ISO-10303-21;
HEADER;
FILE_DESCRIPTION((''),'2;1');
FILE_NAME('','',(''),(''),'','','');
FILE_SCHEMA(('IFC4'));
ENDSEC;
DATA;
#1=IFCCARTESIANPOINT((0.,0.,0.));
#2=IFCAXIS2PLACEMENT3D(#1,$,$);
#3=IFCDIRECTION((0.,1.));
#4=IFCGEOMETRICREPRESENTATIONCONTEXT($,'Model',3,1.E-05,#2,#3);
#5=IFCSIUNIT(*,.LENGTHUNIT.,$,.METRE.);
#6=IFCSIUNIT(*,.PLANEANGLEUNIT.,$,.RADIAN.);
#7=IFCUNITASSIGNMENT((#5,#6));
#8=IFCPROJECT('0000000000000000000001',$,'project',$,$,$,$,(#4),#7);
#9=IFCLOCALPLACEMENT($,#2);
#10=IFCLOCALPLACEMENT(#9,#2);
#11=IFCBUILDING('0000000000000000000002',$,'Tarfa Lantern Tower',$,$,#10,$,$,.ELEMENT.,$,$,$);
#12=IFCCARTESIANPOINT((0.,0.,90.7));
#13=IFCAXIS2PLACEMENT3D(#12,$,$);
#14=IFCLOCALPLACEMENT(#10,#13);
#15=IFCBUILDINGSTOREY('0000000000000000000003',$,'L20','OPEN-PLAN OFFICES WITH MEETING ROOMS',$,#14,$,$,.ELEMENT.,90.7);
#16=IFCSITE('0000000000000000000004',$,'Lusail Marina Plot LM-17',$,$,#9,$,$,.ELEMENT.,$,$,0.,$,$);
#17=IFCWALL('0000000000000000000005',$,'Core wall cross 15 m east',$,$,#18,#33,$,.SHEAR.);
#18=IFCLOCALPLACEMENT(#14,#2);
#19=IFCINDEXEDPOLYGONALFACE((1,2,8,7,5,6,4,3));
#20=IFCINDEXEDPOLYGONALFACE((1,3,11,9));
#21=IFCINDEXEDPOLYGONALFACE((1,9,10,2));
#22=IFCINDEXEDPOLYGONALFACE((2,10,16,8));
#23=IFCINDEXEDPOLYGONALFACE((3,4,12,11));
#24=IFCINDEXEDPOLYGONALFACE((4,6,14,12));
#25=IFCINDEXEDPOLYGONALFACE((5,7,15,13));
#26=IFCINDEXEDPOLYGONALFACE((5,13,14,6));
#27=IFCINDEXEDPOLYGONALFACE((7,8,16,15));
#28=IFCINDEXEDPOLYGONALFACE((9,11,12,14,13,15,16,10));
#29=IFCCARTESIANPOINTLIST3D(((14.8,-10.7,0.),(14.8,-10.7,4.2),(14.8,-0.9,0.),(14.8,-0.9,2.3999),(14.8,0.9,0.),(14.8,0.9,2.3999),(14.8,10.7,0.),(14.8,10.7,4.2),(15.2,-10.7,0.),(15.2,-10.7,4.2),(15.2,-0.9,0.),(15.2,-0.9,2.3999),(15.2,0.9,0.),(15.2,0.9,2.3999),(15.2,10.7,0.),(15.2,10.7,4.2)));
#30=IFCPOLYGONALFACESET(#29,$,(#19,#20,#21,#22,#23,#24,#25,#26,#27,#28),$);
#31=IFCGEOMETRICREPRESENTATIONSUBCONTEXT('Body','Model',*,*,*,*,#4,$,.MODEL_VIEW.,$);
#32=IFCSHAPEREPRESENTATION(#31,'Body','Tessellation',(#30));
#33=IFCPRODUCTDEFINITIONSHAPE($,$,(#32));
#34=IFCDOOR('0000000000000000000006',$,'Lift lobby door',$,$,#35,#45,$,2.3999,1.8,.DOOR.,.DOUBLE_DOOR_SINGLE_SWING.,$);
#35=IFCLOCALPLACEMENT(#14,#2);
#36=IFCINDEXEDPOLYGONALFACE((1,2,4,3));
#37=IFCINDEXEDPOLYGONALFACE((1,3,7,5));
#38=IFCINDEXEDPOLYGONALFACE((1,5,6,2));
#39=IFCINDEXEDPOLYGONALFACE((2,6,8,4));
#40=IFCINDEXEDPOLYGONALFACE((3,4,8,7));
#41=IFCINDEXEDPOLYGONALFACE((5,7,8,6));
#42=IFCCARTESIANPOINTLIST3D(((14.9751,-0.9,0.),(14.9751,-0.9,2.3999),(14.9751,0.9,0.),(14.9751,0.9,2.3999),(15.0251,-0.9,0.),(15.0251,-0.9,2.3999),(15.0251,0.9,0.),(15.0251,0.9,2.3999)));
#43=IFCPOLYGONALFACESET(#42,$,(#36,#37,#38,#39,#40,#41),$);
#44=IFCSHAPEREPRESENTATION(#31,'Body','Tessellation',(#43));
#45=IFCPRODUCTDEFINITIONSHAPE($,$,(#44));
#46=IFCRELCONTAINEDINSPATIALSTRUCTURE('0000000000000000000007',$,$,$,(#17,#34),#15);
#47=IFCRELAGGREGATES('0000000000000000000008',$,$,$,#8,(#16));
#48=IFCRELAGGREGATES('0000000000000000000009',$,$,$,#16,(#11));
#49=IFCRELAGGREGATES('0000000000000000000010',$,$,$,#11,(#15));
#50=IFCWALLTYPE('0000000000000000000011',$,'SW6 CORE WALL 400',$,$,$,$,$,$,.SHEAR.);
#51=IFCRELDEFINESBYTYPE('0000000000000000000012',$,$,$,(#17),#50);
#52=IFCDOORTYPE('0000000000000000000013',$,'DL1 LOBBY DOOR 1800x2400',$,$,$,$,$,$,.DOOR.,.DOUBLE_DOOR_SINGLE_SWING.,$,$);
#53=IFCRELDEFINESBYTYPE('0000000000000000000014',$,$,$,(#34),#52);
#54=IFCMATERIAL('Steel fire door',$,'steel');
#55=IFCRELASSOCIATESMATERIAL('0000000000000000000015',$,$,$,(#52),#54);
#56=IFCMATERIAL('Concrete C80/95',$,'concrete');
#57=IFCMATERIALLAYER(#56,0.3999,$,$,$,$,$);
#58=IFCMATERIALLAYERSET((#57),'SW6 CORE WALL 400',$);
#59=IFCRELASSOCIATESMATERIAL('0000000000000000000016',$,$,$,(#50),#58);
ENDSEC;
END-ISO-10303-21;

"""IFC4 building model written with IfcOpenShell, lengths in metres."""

from ifc_helpers import new_model, si_unit, direction, frame, frame_2d, origin, place, context, subcontext, project, spatial, rectangle, extrude, material, layer, layer_set, type_object, element, fill, save


model = new_model("IFC4")

# Units and contexts
model_context = context("Model", 3, precision=1e-05, world=origin(), true_north=direction((0.0, 1.0)))
body_context = subcontext(model_context, "Body", "Model", "MODEL_VIEW")
ifc_project = project(units=[si_unit("LENGTHUNIT", "METRE"), si_unit("PLANEANGLEUNIT", "RADIAN")], contexts=[model_context])

# Site, building, storey
site_placement = place(None, origin())
site = spatial("IfcSite", under=ifc_project, at=site_placement, Name="Lusail Marina Plot LM-17", CompositionType="ELEMENT", RefElevation=0.0)
building_placement = place(site_placement, origin())
building = spatial("IfcBuilding", under=site, at=building_placement, Name="Tarfa Lantern Tower", CompositionType="ELEMENT")
storey_placement = place(building_placement, frame((0.0, 0.0, 90.7)))
storey = spatial("IfcBuildingStorey", under=building, at=storey_placement, Name="L20", Description="OPEN-PLAN OFFICES WITH MEETING ROOMS", CompositionType="ELEMENT", Elevation=90.7)

# Shared definitions
ifc_material_1 = material(Name="Concrete C80/95", Category="concrete")
ifc_material_2 = material(Name="Steel fire door", Category="steel")
door_type_1 = type_object("IfcDoorType", Name="DL1 LOBBY DOOR 1800x2400", OperationType="DOUBLE_DOOR_SINGLE_SWING", PredefinedType="DOOR", material=ifc_material_2)

# Wall, opening, door
ifc_layer_1 = layer(ifc_material_1, 0.3999)
ifc_layer_set_1 = layer_set([ifc_layer_1], Name="SW6 CORE WALL 400")
wall_type_1 = type_object("IfcWallType", Name="SW6 CORE WALL 400", PredefinedType="SHEAR", material=ifc_layer_set_1)
wall_1_placement = place(storey_placement, frame((15.0, -10.7, 0.0), z_axis=(0.0, 0.0, 1.0), x_axis=(0.0, 1.0, 0.0)))
wall_1 = element("IfcWall", 1, at=wall_1_placement, inside=storey, type_object=wall_type_1, Name="Core wall cross 15 m east", PredefinedType="SHEAR", context=body_context, shape_type="SweptSolid", body=[
    extrude(rectangle(XDim=21.3999, YDim=0.3999, at=frame_2d((10.7, 0.0))), origin(), (0.0, 0.0, 1.0), 4.2),
])
opening_1_placement = place(wall_1_placement, frame((9.8, 0.0, 0.0)))
opening_1 = element("IfcOpeningElement", 2, at=opening_1_placement, cuts=wall_1, PredefinedType="OPENING", context=body_context, shape_type="SweptSolid", body=[
    extrude(rectangle(XDim=1.8, YDim=2.3999, at=frame_2d((0.8999, 1.2))), frame((0.0, 0.21, 0.0), z_axis=(0.0, -1.0, 0.0), x_axis=(1.0, 0.0, 0.0)), (0.0, 0.0, 1.0), 0.4199),
])
door_1_placement = place(opening_1_placement, origin())
door_1 = element("IfcDoor", 3, at=door_1_placement, inside=storey, type_object=door_type_1, Name="Lift lobby door", OperationType="DOUBLE_DOOR_SINGLE_SWING", OverallHeight=2.3999, OverallWidth=1.8, PredefinedType="DOOR", context=body_context, shape_type="SweptSolid", body=[
    extrude(rectangle(XDim=1.8, YDim=2.3999, at=frame_2d((0.8999, 1.2))), frame((0.0, 0.0249, 0.0), z_axis=(0.0, -1.0, 0.0), x_axis=(1.0, 0.0, 0.0)), (0.0, 0.0, 1.0), 0.05),
])
fill(opening_1, door_1)

save(model, "model.ifc")
